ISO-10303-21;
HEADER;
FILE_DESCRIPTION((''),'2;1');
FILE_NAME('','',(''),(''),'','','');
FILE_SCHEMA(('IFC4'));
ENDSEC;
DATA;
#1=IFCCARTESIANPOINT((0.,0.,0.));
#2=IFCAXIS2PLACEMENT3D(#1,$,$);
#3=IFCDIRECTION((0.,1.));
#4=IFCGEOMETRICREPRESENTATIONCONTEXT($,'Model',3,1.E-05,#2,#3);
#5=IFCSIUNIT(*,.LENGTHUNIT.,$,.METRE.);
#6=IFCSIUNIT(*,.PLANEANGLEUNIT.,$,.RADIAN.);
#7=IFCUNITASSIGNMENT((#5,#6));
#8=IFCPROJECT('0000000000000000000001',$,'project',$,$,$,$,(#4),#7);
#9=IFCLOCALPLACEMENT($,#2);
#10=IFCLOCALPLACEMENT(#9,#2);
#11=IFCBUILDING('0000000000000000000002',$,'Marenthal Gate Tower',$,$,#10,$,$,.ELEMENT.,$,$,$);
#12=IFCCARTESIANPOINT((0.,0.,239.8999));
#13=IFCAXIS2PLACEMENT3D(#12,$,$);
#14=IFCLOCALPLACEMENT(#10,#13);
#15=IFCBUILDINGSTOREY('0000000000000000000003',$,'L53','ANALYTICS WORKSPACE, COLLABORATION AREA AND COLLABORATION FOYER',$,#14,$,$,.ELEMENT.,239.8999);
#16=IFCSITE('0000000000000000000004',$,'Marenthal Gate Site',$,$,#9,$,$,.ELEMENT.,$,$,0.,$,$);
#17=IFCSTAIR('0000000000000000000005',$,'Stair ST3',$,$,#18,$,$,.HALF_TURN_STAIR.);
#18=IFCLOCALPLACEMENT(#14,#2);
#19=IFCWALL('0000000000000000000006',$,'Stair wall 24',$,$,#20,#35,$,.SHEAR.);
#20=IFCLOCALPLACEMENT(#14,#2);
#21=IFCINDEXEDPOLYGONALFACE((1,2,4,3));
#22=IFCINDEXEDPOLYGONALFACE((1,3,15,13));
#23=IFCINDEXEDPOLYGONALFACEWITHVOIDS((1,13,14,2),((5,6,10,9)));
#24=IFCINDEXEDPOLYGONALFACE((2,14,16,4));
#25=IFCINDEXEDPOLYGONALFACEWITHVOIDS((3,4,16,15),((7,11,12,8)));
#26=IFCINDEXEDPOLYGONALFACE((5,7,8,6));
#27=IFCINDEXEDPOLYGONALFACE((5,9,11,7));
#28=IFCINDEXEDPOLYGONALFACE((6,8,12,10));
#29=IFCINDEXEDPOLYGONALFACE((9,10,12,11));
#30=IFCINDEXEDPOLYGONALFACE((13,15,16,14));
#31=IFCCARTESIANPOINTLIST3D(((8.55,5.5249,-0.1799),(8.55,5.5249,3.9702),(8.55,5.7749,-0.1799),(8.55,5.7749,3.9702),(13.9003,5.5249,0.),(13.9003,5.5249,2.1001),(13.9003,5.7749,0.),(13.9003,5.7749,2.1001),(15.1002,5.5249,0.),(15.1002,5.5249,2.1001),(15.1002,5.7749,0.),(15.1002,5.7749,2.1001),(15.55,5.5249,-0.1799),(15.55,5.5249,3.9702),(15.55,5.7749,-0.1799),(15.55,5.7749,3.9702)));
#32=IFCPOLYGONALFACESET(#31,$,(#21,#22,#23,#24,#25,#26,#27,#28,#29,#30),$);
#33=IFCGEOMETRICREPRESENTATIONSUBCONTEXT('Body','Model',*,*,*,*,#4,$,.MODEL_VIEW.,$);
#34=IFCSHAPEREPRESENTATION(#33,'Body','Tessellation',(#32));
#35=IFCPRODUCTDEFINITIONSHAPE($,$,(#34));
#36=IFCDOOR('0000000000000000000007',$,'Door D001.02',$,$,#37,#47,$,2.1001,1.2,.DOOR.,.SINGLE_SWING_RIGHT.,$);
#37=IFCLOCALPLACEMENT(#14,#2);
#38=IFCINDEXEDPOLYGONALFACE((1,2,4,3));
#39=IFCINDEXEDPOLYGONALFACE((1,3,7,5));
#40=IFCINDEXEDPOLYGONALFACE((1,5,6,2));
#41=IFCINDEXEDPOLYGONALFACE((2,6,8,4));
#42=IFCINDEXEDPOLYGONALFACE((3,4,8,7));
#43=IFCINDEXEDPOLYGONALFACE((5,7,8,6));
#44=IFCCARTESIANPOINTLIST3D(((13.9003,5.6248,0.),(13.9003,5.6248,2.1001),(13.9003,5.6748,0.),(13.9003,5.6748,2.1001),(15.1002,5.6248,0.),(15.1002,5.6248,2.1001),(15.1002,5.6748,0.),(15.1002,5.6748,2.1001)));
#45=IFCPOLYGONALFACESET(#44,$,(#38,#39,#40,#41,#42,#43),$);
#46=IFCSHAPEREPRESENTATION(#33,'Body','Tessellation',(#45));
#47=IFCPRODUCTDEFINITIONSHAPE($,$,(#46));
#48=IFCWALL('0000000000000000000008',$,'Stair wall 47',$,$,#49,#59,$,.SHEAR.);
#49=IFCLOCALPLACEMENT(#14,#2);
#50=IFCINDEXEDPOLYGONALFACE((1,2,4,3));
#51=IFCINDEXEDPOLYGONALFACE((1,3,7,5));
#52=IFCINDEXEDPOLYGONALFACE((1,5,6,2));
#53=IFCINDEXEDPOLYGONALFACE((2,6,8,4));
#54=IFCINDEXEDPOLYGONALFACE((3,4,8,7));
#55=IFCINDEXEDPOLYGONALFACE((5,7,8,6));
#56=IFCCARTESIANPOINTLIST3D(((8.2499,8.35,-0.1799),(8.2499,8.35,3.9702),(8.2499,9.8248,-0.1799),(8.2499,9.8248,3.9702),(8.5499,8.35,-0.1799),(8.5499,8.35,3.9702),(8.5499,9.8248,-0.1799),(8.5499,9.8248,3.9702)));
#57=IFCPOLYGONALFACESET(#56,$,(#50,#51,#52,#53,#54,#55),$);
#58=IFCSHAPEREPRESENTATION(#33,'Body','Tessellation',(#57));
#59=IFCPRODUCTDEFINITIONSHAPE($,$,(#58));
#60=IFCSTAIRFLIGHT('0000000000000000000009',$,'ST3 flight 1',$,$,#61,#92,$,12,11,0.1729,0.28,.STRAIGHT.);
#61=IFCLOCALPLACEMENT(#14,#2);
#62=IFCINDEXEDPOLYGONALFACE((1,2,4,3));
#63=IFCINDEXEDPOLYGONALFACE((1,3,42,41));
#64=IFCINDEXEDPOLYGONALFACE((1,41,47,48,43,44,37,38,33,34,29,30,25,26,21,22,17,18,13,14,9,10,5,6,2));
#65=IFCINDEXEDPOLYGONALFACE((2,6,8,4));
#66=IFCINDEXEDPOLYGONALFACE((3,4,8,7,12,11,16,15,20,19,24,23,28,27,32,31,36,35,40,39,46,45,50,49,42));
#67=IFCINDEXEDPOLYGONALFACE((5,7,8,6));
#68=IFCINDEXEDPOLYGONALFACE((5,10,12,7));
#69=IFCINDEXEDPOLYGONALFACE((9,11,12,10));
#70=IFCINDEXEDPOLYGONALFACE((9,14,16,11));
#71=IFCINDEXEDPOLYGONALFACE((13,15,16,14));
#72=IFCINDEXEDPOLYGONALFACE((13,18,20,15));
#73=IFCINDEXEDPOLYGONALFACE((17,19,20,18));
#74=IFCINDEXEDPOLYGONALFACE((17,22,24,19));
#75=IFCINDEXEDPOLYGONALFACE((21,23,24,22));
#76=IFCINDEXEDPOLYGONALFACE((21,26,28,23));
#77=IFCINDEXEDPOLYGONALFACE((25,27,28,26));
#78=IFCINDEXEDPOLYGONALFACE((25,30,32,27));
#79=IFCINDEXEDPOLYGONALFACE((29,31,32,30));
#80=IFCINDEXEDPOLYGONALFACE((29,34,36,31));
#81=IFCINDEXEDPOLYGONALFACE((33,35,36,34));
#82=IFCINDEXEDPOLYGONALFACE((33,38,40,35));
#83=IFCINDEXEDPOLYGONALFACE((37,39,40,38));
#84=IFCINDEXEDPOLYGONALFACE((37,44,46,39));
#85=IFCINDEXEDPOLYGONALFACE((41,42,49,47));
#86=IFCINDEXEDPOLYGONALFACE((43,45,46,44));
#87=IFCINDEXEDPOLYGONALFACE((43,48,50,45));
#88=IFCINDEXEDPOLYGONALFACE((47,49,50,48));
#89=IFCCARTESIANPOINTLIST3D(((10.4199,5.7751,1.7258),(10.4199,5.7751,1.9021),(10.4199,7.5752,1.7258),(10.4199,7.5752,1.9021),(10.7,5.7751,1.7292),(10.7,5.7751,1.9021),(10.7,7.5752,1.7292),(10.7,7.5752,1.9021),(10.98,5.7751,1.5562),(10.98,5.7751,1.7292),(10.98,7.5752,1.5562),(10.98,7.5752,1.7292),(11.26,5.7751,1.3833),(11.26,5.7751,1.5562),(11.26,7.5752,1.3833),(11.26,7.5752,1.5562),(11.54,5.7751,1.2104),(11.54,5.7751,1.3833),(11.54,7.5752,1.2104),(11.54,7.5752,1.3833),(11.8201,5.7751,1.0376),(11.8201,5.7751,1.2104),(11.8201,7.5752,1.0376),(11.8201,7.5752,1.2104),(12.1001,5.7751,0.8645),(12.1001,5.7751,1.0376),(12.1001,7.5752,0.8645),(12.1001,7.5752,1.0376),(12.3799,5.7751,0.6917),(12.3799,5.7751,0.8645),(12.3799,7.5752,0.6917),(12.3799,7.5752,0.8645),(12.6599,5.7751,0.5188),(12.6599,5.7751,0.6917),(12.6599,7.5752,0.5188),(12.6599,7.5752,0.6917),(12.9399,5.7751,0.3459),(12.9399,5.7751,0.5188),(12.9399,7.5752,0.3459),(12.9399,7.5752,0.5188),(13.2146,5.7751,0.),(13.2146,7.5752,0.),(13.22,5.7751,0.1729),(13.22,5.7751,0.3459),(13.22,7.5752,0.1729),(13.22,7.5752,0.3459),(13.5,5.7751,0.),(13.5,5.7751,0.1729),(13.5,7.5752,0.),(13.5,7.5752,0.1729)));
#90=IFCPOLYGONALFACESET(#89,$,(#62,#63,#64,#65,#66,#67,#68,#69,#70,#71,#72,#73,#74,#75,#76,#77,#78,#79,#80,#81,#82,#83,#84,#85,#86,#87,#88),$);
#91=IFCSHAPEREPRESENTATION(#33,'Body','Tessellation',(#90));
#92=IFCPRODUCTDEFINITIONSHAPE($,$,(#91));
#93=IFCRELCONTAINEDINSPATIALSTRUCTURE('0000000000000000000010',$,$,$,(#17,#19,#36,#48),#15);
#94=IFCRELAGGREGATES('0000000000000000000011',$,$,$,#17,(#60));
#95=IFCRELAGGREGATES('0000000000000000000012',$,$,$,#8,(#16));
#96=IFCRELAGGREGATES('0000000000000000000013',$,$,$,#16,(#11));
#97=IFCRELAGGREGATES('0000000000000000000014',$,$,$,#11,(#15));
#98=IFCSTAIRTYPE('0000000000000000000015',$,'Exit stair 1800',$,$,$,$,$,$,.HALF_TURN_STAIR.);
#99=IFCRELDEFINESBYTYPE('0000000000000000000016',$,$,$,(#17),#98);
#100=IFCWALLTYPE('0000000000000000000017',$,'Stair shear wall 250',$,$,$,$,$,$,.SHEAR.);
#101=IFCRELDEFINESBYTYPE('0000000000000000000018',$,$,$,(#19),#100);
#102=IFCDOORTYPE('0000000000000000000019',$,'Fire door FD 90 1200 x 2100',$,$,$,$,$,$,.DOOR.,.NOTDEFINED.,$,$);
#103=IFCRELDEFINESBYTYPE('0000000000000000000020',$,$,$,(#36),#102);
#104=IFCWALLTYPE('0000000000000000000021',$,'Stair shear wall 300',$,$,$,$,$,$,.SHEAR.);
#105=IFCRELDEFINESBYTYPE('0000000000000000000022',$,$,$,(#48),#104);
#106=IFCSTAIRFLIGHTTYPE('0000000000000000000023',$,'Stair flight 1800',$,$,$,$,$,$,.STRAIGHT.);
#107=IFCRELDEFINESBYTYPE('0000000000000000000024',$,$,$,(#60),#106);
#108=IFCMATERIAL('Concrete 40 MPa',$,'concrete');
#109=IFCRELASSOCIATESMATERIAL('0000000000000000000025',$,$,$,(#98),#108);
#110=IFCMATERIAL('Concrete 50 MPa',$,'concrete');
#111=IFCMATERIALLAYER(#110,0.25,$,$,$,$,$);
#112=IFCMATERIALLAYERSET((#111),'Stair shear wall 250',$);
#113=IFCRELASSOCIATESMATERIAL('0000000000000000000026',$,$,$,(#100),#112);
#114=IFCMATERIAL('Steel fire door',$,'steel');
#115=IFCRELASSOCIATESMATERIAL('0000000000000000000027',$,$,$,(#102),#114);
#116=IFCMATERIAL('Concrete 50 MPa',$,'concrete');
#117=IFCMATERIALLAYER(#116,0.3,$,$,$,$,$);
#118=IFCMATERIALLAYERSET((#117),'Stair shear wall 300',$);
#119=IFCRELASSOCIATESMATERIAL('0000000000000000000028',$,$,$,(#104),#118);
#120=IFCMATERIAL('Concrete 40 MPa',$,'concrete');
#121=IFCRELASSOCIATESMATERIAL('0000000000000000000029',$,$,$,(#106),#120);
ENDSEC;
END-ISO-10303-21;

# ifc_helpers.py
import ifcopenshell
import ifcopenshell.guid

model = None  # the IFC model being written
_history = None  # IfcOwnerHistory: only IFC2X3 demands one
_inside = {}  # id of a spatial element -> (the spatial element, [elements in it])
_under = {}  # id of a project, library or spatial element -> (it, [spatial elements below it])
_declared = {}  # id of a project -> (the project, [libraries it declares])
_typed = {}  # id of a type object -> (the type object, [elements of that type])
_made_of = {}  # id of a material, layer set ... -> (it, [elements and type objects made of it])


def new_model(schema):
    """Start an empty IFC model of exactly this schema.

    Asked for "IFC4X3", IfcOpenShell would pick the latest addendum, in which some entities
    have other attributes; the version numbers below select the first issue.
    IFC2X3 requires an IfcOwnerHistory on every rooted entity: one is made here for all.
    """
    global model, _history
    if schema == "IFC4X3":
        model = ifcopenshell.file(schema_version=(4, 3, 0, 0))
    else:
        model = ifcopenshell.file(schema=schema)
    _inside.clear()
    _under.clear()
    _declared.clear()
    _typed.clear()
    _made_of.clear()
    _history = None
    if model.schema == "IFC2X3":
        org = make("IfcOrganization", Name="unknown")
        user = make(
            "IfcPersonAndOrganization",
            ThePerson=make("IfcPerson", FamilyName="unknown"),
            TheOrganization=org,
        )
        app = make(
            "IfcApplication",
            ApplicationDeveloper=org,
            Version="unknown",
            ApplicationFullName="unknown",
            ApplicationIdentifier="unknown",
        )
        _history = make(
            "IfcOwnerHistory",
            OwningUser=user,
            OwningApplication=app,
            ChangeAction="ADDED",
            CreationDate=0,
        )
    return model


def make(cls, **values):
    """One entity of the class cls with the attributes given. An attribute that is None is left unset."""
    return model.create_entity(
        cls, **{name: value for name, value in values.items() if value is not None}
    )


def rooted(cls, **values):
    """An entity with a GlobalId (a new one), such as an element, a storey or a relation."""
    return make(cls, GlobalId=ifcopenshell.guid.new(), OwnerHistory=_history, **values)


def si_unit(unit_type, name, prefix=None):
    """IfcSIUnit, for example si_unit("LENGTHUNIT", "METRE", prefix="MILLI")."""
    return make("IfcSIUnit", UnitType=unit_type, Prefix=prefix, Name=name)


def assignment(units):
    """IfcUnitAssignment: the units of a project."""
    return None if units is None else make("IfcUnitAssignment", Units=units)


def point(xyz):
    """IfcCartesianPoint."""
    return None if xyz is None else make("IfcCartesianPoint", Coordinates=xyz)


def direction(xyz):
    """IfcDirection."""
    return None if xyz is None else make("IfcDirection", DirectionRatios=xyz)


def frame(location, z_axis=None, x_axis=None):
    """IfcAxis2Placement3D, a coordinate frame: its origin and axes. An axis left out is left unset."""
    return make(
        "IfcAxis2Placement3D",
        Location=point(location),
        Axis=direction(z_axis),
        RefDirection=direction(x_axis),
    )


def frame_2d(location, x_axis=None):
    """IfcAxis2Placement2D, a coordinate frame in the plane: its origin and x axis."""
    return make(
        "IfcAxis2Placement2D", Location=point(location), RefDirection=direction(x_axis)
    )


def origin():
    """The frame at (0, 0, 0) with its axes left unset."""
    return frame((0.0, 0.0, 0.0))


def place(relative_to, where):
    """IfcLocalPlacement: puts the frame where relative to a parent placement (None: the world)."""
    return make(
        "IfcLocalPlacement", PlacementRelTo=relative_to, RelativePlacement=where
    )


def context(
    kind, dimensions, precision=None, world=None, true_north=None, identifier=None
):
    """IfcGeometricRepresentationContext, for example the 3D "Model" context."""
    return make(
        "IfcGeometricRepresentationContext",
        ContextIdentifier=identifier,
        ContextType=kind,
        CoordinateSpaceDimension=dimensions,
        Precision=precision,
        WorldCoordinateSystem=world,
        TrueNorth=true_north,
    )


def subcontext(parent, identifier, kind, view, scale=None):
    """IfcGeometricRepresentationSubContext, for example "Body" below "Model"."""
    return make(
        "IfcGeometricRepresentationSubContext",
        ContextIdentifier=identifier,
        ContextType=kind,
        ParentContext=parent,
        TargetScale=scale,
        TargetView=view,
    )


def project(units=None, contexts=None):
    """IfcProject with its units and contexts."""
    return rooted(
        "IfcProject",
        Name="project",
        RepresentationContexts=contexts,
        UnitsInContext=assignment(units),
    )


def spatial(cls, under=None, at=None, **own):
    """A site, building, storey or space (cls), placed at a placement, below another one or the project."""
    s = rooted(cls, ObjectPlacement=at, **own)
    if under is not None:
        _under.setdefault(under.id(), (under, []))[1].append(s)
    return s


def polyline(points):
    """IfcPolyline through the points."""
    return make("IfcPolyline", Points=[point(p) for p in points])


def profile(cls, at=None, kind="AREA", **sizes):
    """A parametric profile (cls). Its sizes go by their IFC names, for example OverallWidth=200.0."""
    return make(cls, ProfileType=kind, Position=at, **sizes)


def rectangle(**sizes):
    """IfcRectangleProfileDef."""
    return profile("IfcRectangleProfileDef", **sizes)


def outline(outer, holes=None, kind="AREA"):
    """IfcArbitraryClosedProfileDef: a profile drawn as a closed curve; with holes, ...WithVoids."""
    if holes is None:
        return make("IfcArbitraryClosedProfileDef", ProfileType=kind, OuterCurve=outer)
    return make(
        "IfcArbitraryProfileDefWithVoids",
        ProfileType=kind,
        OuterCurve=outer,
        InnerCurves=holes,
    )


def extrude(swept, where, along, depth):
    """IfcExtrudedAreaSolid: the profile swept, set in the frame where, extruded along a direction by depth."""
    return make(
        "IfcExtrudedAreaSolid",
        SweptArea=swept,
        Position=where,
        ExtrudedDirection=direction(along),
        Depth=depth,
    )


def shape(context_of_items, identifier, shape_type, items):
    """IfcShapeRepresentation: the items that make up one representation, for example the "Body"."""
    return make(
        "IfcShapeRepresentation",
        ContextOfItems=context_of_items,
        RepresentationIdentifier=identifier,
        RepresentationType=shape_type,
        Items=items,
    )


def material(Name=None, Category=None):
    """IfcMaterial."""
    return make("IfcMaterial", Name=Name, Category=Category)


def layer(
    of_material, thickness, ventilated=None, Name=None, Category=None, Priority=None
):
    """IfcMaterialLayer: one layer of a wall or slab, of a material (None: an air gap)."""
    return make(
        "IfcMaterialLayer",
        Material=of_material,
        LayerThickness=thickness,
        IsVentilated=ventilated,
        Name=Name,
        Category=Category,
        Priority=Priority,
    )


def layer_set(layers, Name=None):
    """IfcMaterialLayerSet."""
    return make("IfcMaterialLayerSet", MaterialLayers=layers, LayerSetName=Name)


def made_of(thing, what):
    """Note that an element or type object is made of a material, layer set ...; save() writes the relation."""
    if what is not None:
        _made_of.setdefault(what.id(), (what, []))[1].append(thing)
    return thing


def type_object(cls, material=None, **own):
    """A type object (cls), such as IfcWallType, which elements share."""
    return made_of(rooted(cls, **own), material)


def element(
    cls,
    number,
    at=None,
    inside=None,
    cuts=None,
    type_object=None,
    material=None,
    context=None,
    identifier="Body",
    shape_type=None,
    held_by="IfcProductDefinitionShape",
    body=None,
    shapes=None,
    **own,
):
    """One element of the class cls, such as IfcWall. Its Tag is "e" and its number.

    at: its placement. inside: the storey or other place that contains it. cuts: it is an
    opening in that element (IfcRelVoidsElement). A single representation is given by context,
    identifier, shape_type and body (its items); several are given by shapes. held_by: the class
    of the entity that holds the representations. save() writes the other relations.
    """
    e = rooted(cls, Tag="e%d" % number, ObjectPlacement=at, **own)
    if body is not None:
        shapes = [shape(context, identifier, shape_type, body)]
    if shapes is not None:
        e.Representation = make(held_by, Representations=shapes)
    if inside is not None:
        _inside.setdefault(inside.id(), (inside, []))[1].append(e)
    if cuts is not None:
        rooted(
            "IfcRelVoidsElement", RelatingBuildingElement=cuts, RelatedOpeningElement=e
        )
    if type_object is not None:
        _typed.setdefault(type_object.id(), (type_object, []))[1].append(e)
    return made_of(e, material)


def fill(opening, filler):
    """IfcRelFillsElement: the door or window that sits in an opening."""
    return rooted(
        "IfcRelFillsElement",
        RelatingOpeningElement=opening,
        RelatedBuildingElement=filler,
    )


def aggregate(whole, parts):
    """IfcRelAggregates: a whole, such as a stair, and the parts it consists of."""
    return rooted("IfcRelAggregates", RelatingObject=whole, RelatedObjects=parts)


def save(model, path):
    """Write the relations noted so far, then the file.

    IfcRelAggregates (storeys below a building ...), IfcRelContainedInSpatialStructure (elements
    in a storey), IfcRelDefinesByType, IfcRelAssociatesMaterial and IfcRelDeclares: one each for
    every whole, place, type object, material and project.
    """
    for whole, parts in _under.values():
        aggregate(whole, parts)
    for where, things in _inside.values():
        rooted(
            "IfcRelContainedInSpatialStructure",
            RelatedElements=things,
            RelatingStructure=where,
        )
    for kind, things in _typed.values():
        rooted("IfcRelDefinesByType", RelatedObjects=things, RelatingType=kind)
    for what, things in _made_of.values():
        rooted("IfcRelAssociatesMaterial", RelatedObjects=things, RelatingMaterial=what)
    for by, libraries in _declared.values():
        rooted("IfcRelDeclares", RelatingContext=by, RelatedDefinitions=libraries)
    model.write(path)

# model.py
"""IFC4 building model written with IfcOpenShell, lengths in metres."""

from ifc_helpers import new_model, si_unit, direction, frame, frame_2d, origin, place, context, subcontext, project, spatial, polyline, rectangle, outline, extrude, material, layer, layer_set, type_object, element, fill, aggregate, save


model = new_model("IFC4")

# Units and contexts
model_context = context("Model", 3, precision=1e-05, world=origin(), true_north=direction((0.0, 1.0)))
body_context = subcontext(model_context, "Body", "Model", "MODEL_VIEW")
ifc_project = project(units=[si_unit("LENGTHUNIT", "METRE"), si_unit("PLANEANGLEUNIT", "RADIAN")], contexts=[model_context])

# Site, building, storey
site_placement = place(None, origin())
site = spatial("IfcSite", under=ifc_project, at=site_placement, Name="Marenthal Gate Site", CompositionType="ELEMENT", RefElevation=0.0)
building_placement = place(site_placement, origin())
building = spatial("IfcBuilding", under=site, at=building_placement, Name="Marenthal Gate Tower", CompositionType="ELEMENT")
storey_placement = place(building_placement, frame((0.0, 0.0, 239.8999)))
storey = spatial("IfcBuildingStorey", under=building, at=storey_placement, Name="L53", Description="ANALYTICS WORKSPACE, COLLABORATION AREA AND COLLABORATION FOYER", CompositionType="ELEMENT", Elevation=239.8999)

# Stair
ifc_material_1 = material(Name="Concrete 40 MPa", Category="concrete")
stair_type = type_object("IfcStairType", Name="Exit stair 1800", PredefinedType="HALF_TURN_STAIR", material=ifc_material_1)
stair_1_placement = place(storey_placement, origin())
stair_1 = element("IfcStair", 1, at=stair_1_placement, inside=storey, type_object=stair_type, Name="Stair ST3", PredefinedType="HALF_TURN_STAIR")

# Wall, opening, door
ifc_material_2 = material(Name="Concrete 50 MPa", Category="concrete")
ifc_layer_1 = layer(ifc_material_2, 0.25)
ifc_layer_set_1 = layer_set([ifc_layer_1], Name="Stair shear wall 250")
wall_type_1 = type_object("IfcWallType", Name="Stair shear wall 250", PredefinedType="SHEAR", material=ifc_layer_set_1)
wall_1_placement = place(storey_placement, frame((8.55, 5.6499, -0.1799), z_axis=(0.0, 0.0, 1.0), x_axis=(1.0, 0.0, 0.0)))
wall_1 = element("IfcWall", 2, at=wall_1_placement, inside=storey, type_object=wall_type_1, Name="Stair wall 24", PredefinedType="SHEAR", context=body_context, shape_type="SweptSolid", body=[
    extrude(rectangle(XDim=7.0, YDim=0.25, at=frame_2d((3.5, 0.0))), origin(), (0.0, 0.0, 1.0), 4.1501),
])
opening_placement = place(wall_1_placement, frame((5.3501, 0.0, 0.1799)))
opening = element("IfcOpeningElement", 3, at=opening_placement, cuts=wall_1, PredefinedType="OPENING", context=body_context, shape_type="SweptSolid", body=[
    extrude(rectangle(XDim=1.2, YDim=2.1001, at=frame_2d((0.6001, 1.05))), frame((0.0, 0.135, 0.0), z_axis=(0.0, -1.0, 0.0), x_axis=(1.0, 0.0, 0.0)), (0.0, 0.0, 1.0), 0.27),
])
ifc_material_3 = material(Name="Steel fire door", Category="steel")
door_type = type_object("IfcDoorType", Name="Fire door FD 90 1200 x 2100", OperationType="NOTDEFINED", PredefinedType="DOOR", material=ifc_material_3)
door_placement = place(opening_placement, origin())
door = element("IfcDoor", 4, at=door_placement, inside=storey, type_object=door_type, Name="Door D001.02", OperationType="SINGLE_SWING_RIGHT", OverallHeight=2.1001, OverallWidth=1.2, PredefinedType="DOOR", context=body_context, shape_type="SweptSolid", body=[
    extrude(rectangle(XDim=1.2, YDim=2.1001, at=frame_2d((0.6001, 1.05))), frame((0.0, 0.0249, 0.0), z_axis=(0.0, -1.0, 0.0), x_axis=(1.0, 0.0, 0.0)), (0.0, 0.0, 1.0), 0.05),
])
fill(opening, door)

# Wall
ifc_material_4 = material(Name="Concrete 50 MPa", Category="concrete")
ifc_layer_2 = layer(ifc_material_4, 0.3)
ifc_layer_set_2 = layer_set([ifc_layer_2], Name="Stair shear wall 300")
wall_type_2 = type_object("IfcWallType", Name="Stair shear wall 300", PredefinedType="SHEAR", material=ifc_layer_set_2)
wall_2_placement = place(storey_placement, frame((8.3999, 8.3501, -0.1799), z_axis=(0.0, 0.0, 1.0), x_axis=(0.0, 1.0, 0.0)))
element("IfcWall", 5, at=wall_2_placement, inside=storey, type_object=wall_type_2, Name="Stair wall 47", PredefinedType="SHEAR", context=body_context, shape_type="SweptSolid", body=[
    extrude(rectangle(XDim=1.4749, YDim=0.3, at=frame_2d((0.7373, 0.0))), origin(), (0.0, 0.0, 1.0), 4.1501),
])

# Stair flight
ifc_material_5 = material(Name="Concrete 40 MPa", Category="concrete")
stair_flight_type = type_object("IfcStairFlightType", Name="Stair flight 1800", PredefinedType="STRAIGHT", material=ifc_material_5)
stair_flight_placement = place(storey_placement, frame((13.5, 6.675, 0.0), z_axis=(0.0, 0.0, 1.0), x_axis=(-1.0, 0.0, 0.0)))
stair_flight = element("IfcStairFlight", 6, at=stair_flight_placement, type_object=stair_flight_type, Name="ST3 flight 1", NumberOfRisers=12, NumberOfTreads=11, PredefinedType="STRAIGHT", RiserHeight=0.1729, TreadLength=0.28, context=body_context, shape_type="SweptSolid", body=[
    extrude(outline(polyline([(0.0, 0.0), (0.0, 0.1729), (0.28, 0.1729), (0.28, 0.3459), (0.5601, 0.3459), (0.5601, 0.5188), (0.8401, 0.5188), (0.8401, 0.6917), (1.1201, 0.6917), (1.1201, 0.8645), (1.3999, 0.8645), (1.3999, 1.0376), (1.6799, 1.0376), (1.6799, 1.2104), (1.96, 1.2104), (1.96, 1.3833), (2.24, 1.3833), (2.24, 1.5562), (2.52, 1.5562), (2.52, 1.7292), (2.8, 1.7292), (2.8, 1.9021), (3.0801, 1.9021), (3.0801, 2.075), (3.0801, 1.7258), (0.2854, 0.0), (0.0, 0.0)])), frame((0.0, 0.8999, 0.0), z_axis=(0.0, -1.0, 0.0), x_axis=(1.0, 0.0, 0.0)), (0.0, 0.0, 1.0), 1.8),
])
aggregate(stair_1, [stair_flight])

save(model, "model.ifc")
